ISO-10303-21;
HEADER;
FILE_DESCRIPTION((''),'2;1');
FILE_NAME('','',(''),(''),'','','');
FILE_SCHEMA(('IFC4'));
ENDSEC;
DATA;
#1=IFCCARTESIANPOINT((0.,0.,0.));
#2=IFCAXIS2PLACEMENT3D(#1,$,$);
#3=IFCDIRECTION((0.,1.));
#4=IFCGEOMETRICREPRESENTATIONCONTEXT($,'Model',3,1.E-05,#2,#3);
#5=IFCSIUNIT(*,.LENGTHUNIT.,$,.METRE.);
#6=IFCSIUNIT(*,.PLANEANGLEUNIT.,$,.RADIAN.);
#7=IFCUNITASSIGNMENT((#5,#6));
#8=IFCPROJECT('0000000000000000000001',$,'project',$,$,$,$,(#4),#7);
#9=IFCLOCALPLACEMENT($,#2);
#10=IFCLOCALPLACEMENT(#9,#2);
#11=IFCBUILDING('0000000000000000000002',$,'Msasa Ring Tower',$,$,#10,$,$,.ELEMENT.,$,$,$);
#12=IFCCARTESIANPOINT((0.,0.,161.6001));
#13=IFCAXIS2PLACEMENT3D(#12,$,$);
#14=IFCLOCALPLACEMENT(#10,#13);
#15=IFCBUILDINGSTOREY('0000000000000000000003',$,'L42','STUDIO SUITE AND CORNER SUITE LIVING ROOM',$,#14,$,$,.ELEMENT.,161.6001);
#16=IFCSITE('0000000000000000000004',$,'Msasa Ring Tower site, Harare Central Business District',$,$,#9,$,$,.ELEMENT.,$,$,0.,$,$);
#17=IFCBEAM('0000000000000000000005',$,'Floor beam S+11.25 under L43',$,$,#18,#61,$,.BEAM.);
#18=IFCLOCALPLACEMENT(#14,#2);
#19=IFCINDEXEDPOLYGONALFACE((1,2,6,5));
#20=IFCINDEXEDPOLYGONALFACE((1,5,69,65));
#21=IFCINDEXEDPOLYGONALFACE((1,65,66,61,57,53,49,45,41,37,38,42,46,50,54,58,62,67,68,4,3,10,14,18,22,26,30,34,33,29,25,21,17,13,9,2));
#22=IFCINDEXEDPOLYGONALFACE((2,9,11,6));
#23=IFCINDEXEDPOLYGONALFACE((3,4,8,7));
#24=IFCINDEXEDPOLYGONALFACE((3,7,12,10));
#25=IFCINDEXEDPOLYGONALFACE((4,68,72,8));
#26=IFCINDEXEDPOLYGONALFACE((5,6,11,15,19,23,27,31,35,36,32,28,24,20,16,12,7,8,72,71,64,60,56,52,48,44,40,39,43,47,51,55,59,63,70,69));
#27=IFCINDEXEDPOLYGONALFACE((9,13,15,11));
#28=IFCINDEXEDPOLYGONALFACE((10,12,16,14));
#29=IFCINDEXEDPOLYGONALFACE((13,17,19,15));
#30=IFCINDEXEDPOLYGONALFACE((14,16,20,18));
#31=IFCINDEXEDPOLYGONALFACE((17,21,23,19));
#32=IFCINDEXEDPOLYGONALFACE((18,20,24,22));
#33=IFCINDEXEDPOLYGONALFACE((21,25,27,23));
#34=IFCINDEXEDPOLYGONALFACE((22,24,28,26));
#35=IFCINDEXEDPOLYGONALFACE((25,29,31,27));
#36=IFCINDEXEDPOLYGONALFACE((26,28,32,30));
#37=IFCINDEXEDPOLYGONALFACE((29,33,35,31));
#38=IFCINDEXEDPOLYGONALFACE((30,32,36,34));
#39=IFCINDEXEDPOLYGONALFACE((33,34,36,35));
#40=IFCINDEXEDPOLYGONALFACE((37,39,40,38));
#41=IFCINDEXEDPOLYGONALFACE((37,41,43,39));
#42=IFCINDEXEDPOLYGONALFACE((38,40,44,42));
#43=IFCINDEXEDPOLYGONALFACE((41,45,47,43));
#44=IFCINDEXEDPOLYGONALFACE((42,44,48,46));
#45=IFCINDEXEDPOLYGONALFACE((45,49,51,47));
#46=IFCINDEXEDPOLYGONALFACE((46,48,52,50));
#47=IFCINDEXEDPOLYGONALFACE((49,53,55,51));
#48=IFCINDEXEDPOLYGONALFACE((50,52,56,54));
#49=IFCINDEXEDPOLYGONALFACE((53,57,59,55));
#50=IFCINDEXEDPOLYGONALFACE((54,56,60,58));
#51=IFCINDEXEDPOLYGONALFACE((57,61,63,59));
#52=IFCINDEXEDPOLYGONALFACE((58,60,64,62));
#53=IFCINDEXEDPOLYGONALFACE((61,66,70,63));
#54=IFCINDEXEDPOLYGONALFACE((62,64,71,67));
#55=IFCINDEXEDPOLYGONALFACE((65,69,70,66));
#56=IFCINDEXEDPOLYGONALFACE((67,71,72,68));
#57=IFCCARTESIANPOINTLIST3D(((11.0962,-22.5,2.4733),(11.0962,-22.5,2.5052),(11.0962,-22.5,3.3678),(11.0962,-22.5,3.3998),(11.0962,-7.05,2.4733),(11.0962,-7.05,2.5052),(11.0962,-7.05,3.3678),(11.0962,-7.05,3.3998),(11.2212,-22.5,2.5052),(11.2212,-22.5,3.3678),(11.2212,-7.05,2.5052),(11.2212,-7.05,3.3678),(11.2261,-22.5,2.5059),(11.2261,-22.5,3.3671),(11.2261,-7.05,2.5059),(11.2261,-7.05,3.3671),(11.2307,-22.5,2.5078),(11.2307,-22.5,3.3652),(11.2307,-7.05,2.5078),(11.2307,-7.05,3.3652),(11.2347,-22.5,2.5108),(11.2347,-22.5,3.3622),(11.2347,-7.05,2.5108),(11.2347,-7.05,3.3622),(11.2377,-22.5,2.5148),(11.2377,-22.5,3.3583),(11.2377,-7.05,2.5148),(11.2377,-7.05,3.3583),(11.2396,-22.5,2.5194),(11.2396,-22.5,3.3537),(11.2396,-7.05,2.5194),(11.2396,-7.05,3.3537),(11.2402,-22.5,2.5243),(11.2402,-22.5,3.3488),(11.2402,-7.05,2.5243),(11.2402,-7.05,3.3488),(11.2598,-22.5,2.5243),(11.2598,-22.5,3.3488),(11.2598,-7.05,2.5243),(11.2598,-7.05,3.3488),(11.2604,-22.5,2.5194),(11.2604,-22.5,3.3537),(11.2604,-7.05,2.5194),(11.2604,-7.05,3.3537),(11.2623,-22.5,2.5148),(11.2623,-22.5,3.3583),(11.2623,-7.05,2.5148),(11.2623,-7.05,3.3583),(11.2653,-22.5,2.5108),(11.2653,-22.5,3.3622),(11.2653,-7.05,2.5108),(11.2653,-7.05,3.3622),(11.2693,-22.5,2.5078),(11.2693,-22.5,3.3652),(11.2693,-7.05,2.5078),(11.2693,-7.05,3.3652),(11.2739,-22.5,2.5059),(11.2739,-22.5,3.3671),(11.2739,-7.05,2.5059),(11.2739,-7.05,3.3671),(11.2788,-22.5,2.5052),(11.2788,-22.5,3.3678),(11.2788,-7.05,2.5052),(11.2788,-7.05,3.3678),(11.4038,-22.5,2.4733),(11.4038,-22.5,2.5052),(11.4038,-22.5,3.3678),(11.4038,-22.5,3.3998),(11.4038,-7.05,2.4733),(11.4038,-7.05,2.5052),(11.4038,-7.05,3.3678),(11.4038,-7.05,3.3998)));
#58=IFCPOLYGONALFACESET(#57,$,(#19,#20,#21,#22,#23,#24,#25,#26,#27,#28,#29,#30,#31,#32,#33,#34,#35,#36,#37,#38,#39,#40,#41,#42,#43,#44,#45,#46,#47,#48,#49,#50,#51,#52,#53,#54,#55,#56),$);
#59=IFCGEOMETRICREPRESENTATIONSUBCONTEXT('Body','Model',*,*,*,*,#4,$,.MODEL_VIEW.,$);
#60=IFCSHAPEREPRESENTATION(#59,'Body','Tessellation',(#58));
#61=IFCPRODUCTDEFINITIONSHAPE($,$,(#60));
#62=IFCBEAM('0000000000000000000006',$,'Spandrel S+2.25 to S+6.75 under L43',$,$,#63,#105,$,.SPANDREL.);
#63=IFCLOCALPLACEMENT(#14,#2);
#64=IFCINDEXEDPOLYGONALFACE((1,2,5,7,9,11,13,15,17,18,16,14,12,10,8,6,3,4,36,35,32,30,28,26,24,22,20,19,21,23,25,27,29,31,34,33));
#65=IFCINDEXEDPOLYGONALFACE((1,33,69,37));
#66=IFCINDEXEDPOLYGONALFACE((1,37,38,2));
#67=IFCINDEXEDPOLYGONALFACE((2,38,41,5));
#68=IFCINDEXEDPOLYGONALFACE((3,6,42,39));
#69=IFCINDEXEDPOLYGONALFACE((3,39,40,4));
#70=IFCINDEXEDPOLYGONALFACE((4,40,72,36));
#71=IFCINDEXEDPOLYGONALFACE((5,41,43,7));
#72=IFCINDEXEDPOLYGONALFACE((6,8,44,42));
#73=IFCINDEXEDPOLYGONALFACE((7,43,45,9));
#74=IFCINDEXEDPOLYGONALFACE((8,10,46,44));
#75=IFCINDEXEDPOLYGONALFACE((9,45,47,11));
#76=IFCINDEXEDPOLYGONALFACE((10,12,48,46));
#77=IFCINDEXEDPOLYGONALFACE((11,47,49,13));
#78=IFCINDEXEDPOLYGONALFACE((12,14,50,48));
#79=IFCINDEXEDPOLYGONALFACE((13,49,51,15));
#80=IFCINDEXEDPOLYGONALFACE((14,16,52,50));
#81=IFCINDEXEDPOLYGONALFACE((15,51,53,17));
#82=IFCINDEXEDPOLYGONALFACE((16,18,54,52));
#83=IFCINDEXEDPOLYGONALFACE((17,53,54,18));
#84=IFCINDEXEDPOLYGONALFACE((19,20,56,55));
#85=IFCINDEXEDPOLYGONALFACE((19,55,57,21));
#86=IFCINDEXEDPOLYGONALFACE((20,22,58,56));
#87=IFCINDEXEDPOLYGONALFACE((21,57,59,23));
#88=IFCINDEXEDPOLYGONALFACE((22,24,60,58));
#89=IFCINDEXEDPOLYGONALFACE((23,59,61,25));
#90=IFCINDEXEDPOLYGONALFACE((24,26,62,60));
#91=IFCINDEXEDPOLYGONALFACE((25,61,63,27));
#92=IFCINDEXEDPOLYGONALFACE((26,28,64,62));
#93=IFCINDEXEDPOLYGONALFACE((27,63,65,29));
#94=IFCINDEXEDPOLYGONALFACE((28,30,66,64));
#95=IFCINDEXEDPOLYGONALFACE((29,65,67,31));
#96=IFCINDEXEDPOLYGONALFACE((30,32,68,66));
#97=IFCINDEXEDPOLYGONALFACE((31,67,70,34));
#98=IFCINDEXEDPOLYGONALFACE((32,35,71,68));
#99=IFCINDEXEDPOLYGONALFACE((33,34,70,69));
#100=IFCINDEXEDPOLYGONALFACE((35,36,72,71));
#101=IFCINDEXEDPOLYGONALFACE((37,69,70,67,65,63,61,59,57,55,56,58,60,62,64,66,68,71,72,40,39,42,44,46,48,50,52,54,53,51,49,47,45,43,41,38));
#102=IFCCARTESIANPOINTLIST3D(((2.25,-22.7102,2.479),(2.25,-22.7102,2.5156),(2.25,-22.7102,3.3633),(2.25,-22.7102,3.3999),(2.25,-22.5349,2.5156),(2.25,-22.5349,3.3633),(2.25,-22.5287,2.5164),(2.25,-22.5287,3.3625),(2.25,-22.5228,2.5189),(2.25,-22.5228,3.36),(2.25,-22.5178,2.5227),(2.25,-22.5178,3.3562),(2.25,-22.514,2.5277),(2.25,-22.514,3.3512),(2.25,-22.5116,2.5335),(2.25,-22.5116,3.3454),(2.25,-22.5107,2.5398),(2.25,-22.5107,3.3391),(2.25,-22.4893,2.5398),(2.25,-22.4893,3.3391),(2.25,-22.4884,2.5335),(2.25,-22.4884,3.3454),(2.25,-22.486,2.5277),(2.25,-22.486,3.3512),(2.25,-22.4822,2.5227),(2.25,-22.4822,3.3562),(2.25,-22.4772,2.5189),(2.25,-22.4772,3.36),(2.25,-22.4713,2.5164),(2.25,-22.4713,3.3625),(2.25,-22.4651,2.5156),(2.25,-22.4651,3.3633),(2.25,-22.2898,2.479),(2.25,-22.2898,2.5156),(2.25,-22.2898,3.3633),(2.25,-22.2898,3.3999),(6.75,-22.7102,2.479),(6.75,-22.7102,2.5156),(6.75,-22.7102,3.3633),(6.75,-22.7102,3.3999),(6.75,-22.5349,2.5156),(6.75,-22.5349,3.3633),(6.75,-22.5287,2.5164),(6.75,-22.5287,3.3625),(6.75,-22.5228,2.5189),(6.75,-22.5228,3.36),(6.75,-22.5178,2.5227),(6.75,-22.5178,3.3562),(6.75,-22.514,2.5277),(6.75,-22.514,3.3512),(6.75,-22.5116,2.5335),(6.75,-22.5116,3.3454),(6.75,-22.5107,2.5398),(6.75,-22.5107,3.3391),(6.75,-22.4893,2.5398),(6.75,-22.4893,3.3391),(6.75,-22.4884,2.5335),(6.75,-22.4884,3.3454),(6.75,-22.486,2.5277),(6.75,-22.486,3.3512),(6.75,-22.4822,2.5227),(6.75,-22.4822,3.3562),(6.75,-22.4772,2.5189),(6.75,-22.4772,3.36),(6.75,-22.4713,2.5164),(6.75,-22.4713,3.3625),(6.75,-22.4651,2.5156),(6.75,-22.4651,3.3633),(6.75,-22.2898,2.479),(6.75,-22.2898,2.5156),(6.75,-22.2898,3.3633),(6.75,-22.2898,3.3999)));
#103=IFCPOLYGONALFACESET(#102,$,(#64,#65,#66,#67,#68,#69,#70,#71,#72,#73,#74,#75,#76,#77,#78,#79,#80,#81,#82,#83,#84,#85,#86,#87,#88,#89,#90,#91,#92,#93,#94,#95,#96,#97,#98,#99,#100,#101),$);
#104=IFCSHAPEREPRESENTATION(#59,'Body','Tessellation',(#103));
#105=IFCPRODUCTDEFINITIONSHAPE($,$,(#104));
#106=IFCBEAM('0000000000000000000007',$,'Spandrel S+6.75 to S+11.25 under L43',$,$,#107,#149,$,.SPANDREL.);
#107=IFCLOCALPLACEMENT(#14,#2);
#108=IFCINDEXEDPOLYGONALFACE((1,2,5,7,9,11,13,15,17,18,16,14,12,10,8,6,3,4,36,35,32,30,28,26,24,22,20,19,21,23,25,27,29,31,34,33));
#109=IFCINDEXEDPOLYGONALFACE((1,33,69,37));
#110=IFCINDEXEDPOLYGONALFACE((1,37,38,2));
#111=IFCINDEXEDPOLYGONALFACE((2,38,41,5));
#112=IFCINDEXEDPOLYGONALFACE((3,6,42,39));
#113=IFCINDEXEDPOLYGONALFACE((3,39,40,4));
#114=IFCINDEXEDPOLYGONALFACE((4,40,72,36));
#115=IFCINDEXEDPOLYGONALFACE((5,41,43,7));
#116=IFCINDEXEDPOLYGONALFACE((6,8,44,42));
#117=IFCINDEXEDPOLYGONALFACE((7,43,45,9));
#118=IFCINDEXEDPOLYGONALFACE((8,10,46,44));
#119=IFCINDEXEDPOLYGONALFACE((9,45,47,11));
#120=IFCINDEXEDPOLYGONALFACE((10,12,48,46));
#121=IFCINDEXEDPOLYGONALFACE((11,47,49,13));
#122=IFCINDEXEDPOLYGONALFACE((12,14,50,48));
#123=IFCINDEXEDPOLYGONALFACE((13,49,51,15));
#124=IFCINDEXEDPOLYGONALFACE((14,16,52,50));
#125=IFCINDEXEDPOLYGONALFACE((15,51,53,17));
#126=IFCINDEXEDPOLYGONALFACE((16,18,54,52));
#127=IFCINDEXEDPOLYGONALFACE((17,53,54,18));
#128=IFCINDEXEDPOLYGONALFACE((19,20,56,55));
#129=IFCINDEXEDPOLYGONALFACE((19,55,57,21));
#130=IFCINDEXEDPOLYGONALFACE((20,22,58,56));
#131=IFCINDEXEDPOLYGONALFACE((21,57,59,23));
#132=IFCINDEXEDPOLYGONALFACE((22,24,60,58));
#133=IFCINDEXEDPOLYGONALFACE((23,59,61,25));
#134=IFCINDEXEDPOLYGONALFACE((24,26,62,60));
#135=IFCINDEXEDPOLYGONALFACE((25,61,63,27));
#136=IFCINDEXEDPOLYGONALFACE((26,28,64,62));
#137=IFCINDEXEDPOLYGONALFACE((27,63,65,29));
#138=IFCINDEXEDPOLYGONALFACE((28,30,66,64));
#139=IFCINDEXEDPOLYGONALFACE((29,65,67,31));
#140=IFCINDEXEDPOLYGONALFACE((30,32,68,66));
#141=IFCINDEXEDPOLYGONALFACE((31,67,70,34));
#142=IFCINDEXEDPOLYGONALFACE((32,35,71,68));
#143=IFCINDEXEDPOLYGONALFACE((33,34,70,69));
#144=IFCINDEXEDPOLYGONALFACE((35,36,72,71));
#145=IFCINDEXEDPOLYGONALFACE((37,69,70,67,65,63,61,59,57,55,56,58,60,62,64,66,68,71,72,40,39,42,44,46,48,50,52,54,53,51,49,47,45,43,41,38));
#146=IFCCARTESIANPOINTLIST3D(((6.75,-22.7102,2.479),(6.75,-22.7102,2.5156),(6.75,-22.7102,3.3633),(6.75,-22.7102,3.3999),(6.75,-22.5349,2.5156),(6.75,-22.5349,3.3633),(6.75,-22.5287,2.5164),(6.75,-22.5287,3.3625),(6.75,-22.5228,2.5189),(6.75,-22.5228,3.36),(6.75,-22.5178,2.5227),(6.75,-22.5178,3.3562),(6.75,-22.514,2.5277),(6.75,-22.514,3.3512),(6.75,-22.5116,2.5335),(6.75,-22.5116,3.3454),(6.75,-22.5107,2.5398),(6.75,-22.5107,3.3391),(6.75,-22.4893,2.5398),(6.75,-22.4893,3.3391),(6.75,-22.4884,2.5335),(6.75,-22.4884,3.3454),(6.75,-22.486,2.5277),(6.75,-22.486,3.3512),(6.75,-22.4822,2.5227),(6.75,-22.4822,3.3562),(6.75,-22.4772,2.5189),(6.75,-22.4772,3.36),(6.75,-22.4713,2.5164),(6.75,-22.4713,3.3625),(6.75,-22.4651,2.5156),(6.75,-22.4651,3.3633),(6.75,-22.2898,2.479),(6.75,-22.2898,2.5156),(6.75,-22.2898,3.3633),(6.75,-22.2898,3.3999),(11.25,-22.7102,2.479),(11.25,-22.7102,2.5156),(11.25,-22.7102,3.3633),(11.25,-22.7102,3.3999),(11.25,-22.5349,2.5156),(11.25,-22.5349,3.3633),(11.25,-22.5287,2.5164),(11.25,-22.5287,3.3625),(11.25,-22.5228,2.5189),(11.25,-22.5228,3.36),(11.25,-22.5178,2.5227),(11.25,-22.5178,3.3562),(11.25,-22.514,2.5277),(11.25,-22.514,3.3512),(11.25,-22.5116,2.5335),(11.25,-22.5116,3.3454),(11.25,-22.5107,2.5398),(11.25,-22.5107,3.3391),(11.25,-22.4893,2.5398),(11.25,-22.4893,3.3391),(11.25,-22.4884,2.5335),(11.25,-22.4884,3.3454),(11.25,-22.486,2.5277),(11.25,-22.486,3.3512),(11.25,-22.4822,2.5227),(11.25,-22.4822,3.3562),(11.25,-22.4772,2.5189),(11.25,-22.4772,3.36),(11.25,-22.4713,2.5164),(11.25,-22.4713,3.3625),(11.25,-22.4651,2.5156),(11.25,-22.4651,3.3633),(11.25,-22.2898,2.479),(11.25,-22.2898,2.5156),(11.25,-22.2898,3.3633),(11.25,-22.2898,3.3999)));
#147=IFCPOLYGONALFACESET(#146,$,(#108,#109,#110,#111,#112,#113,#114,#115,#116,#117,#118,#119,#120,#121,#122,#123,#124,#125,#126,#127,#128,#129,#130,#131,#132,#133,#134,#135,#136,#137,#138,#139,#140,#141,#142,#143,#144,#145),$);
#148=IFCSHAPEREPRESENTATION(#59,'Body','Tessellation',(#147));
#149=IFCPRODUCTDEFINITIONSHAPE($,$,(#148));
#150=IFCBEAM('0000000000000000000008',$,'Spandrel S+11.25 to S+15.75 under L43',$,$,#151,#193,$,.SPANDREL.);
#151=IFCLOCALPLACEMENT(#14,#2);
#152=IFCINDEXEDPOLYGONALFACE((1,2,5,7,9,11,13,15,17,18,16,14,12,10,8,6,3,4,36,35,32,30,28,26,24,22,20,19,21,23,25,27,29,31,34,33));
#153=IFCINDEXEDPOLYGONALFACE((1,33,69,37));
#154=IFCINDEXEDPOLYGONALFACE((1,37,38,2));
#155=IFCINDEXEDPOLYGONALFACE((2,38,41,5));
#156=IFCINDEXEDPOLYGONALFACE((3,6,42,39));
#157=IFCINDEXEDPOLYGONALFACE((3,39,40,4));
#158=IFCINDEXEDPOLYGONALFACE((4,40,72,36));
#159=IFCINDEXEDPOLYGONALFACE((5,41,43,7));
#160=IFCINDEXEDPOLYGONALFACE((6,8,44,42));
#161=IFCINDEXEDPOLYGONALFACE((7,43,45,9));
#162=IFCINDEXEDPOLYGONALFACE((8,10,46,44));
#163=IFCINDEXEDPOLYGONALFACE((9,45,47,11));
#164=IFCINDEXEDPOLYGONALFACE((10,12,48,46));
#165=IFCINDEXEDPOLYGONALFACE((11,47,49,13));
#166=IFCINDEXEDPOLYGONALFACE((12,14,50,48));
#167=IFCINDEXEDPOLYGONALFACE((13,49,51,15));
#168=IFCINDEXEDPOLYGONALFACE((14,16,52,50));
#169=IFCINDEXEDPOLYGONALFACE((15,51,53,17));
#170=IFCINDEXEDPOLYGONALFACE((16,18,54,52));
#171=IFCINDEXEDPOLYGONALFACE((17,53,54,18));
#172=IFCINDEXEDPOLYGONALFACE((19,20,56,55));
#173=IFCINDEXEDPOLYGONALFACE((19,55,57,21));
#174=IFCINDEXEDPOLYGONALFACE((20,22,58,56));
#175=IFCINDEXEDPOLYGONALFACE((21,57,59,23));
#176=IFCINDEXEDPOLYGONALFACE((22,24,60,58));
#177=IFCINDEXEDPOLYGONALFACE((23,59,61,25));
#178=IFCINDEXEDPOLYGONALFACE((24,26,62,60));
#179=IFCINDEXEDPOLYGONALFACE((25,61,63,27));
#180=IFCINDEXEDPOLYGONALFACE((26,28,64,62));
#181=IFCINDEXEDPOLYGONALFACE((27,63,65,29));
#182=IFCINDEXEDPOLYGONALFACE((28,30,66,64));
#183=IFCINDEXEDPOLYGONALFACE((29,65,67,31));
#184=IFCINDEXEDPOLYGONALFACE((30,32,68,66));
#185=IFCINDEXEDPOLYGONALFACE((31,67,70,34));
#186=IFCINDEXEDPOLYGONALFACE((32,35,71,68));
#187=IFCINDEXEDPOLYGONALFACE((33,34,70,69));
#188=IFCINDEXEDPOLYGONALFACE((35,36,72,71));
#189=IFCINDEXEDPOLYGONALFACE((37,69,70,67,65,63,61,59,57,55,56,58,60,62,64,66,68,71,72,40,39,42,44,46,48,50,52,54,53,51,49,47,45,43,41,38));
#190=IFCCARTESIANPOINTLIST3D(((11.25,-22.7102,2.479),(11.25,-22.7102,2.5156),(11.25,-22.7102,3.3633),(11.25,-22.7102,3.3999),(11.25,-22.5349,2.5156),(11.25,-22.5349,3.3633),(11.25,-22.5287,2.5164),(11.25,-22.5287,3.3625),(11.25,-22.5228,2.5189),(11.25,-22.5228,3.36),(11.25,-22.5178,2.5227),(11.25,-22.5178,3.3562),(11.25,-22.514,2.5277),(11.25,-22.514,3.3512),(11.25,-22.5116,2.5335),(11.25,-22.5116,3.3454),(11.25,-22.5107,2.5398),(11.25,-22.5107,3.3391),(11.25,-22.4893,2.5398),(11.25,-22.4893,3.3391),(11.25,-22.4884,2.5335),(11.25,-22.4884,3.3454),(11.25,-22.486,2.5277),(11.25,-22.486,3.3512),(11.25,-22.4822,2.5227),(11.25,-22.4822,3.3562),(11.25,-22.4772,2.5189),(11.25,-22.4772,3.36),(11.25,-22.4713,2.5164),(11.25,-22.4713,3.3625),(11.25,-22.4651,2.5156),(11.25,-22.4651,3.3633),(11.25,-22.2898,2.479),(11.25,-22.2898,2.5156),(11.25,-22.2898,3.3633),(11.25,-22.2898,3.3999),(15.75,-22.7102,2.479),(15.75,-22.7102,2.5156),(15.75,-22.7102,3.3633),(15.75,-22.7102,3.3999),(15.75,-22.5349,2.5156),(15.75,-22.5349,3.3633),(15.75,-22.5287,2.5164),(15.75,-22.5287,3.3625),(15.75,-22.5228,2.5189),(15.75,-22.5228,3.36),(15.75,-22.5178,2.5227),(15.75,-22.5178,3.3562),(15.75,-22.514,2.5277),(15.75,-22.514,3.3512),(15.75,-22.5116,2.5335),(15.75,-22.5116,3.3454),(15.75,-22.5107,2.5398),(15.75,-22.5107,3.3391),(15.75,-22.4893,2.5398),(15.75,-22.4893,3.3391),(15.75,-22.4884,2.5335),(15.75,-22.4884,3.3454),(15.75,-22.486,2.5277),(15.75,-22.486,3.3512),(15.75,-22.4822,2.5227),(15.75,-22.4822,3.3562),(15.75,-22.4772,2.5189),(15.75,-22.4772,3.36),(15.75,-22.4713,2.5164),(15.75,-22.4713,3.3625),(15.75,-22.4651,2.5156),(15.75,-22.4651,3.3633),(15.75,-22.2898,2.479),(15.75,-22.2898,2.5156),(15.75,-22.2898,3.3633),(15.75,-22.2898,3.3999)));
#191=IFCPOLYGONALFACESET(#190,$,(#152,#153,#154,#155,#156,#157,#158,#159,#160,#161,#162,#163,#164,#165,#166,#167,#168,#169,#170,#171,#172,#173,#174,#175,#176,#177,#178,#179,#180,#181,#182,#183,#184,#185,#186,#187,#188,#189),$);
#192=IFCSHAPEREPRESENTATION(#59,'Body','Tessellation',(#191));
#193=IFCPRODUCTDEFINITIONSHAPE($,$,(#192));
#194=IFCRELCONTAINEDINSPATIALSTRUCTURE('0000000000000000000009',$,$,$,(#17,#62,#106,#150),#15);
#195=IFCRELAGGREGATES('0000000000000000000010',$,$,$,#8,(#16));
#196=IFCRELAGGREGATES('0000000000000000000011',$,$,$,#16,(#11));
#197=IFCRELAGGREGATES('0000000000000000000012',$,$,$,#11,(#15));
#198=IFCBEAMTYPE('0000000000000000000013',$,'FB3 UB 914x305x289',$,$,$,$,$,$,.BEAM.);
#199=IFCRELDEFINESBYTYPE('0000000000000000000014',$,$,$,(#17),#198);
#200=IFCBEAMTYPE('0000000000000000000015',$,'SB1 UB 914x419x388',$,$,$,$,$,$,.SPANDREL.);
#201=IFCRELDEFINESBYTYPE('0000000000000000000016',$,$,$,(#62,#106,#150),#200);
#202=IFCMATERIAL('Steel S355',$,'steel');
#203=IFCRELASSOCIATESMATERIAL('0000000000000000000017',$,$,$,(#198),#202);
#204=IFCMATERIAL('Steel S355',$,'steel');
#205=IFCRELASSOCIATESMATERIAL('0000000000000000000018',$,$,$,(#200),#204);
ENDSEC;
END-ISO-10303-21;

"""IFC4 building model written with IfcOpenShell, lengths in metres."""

from ifc_helpers import new_model, si_unit, direction, frame, origin, origin_2d, place, context, subcontext, project, spatial, i_section, extrude, material, material_profile, profile_set, type_object, element, save


model = new_model("IFC4")

# Units and contexts
model_context = context("Model", 3, precision=1e-05, world=origin(), true_north=direction((0.0, 1.0)))
body_context = subcontext(model_context, "Body", "Model", "MODEL_VIEW")
ifc_project = project(units=[si_unit("LENGTHUNIT", "METRE"), si_unit("PLANEANGLEUNIT", "RADIAN")], contexts=[model_context])

# Site, building, storey
site_placement = place(None, origin())
site = spatial("IfcSite", under=ifc_project, at=site_placement, Name="Msasa Ring Tower site, Harare Central Business District", CompositionType="ELEMENT", RefElevation=0.0)
building_placement = place(site_placement, origin())
building = spatial("IfcBuilding", under=site, at=building_placement, Name="Msasa Ring Tower", CompositionType="ELEMENT")
storey_placement = place(building_placement, frame((0.0, 0.0, 161.6001)))
storey = spatial("IfcBuildingStorey", under=building, at=storey_placement, Name="L42", Description="STUDIO SUITE AND CORNER SUITE LIVING ROOM", CompositionType="ELEMENT", Elevation=161.6001)

# Beams
ifc_material_1 = material(Name="Steel S355", Category="steel")
ifc_material_profile_1 = material_profile(ifc_material_1, i_section(OverallWidth=0.3076, OverallDepth=0.9265, WebThickness=0.0195, FlangeThickness=0.032, FilletRadius=0.019, at=origin_2d()), Name="UB 914x305x289")
ifc_profile_set_1 = profile_set([ifc_material_profile_1], Name="Steel S355")
beam_type_1 = type_object("IfcBeamType", Name="FB3 UB 914x305x289", PredefinedType="BEAM", material=ifc_profile_set_1)
beam_placement = place(storey_placement, frame((11.25, -22.5, 2.9365), z_axis=(0.0, 1.0, 0.0), x_axis=(-1.0, 0.0, 0.0)))
element("IfcBeam", 1, at=beam_placement, inside=storey, type_object=beam_type_1, Name="Floor beam S+11.25 under L43", PredefinedType="BEAM", context=body_context, shape_type="SweptSolid", body=[
    extrude(i_section(OverallWidth=0.3076, OverallDepth=0.9265, WebThickness=0.0195, FlangeThickness=0.032, FilletRadius=0.019, at=origin_2d()), origin(), (0.0, 0.0, 1.0), 15.45),
])
ifc_material_2 = material(Name="Steel S355", Category="steel")
ifc_material_profile_2 = material_profile(ifc_material_2, i_section(OverallWidth=0.4204, OverallDepth=0.9209, WebThickness=0.0215, FlangeThickness=0.0366, FilletRadius=0.0242, at=origin_2d()), Name="UB 914x419x388")
ifc_profile_set_2 = profile_set([ifc_material_profile_2], Name="Steel S355")
beam_type_2 = type_object("IfcBeamType", Name="SB1 UB 914x419x388", PredefinedType="SPANDREL", material=ifc_profile_set_2)
for number, where, z_axis, x_axis, name in (
    (2, (2.25, -22.5, 2.9395), (1.0, 0.0, 0.0), (0.0, 1.0, 0.0), "Spandrel S+2.25 to S+6.75 under L43"),
    (3, (6.75, -22.5, 2.9395), (1.0, 0.0, 0.0), (0.0, 1.0, 0.0), "Spandrel S+6.75 to S+11.25 under L43"),
    (4, (11.25, -22.5, 2.9395), (1.0, 0.0, 0.0), (0.0, 1.0, 0.0), "Spandrel S+11.25 to S+15.75 under L43"),
):
    element("IfcBeam", number, at=place(storey_placement, frame(where, z_axis=z_axis, x_axis=x_axis)), inside=storey, type_object=beam_type_2, Name=name, PredefinedType="SPANDREL", context=body_context, shape_type="SweptSolid", body=[
        extrude(i_section(OverallWidth=0.4204, OverallDepth=0.9209, WebThickness=0.0215, FlangeThickness=0.0366, FilletRadius=0.0242, at=origin_2d()), origin(), (0.0, 0.0, 1.0), 4.5),
    ])

save(model, "model.ifc")
